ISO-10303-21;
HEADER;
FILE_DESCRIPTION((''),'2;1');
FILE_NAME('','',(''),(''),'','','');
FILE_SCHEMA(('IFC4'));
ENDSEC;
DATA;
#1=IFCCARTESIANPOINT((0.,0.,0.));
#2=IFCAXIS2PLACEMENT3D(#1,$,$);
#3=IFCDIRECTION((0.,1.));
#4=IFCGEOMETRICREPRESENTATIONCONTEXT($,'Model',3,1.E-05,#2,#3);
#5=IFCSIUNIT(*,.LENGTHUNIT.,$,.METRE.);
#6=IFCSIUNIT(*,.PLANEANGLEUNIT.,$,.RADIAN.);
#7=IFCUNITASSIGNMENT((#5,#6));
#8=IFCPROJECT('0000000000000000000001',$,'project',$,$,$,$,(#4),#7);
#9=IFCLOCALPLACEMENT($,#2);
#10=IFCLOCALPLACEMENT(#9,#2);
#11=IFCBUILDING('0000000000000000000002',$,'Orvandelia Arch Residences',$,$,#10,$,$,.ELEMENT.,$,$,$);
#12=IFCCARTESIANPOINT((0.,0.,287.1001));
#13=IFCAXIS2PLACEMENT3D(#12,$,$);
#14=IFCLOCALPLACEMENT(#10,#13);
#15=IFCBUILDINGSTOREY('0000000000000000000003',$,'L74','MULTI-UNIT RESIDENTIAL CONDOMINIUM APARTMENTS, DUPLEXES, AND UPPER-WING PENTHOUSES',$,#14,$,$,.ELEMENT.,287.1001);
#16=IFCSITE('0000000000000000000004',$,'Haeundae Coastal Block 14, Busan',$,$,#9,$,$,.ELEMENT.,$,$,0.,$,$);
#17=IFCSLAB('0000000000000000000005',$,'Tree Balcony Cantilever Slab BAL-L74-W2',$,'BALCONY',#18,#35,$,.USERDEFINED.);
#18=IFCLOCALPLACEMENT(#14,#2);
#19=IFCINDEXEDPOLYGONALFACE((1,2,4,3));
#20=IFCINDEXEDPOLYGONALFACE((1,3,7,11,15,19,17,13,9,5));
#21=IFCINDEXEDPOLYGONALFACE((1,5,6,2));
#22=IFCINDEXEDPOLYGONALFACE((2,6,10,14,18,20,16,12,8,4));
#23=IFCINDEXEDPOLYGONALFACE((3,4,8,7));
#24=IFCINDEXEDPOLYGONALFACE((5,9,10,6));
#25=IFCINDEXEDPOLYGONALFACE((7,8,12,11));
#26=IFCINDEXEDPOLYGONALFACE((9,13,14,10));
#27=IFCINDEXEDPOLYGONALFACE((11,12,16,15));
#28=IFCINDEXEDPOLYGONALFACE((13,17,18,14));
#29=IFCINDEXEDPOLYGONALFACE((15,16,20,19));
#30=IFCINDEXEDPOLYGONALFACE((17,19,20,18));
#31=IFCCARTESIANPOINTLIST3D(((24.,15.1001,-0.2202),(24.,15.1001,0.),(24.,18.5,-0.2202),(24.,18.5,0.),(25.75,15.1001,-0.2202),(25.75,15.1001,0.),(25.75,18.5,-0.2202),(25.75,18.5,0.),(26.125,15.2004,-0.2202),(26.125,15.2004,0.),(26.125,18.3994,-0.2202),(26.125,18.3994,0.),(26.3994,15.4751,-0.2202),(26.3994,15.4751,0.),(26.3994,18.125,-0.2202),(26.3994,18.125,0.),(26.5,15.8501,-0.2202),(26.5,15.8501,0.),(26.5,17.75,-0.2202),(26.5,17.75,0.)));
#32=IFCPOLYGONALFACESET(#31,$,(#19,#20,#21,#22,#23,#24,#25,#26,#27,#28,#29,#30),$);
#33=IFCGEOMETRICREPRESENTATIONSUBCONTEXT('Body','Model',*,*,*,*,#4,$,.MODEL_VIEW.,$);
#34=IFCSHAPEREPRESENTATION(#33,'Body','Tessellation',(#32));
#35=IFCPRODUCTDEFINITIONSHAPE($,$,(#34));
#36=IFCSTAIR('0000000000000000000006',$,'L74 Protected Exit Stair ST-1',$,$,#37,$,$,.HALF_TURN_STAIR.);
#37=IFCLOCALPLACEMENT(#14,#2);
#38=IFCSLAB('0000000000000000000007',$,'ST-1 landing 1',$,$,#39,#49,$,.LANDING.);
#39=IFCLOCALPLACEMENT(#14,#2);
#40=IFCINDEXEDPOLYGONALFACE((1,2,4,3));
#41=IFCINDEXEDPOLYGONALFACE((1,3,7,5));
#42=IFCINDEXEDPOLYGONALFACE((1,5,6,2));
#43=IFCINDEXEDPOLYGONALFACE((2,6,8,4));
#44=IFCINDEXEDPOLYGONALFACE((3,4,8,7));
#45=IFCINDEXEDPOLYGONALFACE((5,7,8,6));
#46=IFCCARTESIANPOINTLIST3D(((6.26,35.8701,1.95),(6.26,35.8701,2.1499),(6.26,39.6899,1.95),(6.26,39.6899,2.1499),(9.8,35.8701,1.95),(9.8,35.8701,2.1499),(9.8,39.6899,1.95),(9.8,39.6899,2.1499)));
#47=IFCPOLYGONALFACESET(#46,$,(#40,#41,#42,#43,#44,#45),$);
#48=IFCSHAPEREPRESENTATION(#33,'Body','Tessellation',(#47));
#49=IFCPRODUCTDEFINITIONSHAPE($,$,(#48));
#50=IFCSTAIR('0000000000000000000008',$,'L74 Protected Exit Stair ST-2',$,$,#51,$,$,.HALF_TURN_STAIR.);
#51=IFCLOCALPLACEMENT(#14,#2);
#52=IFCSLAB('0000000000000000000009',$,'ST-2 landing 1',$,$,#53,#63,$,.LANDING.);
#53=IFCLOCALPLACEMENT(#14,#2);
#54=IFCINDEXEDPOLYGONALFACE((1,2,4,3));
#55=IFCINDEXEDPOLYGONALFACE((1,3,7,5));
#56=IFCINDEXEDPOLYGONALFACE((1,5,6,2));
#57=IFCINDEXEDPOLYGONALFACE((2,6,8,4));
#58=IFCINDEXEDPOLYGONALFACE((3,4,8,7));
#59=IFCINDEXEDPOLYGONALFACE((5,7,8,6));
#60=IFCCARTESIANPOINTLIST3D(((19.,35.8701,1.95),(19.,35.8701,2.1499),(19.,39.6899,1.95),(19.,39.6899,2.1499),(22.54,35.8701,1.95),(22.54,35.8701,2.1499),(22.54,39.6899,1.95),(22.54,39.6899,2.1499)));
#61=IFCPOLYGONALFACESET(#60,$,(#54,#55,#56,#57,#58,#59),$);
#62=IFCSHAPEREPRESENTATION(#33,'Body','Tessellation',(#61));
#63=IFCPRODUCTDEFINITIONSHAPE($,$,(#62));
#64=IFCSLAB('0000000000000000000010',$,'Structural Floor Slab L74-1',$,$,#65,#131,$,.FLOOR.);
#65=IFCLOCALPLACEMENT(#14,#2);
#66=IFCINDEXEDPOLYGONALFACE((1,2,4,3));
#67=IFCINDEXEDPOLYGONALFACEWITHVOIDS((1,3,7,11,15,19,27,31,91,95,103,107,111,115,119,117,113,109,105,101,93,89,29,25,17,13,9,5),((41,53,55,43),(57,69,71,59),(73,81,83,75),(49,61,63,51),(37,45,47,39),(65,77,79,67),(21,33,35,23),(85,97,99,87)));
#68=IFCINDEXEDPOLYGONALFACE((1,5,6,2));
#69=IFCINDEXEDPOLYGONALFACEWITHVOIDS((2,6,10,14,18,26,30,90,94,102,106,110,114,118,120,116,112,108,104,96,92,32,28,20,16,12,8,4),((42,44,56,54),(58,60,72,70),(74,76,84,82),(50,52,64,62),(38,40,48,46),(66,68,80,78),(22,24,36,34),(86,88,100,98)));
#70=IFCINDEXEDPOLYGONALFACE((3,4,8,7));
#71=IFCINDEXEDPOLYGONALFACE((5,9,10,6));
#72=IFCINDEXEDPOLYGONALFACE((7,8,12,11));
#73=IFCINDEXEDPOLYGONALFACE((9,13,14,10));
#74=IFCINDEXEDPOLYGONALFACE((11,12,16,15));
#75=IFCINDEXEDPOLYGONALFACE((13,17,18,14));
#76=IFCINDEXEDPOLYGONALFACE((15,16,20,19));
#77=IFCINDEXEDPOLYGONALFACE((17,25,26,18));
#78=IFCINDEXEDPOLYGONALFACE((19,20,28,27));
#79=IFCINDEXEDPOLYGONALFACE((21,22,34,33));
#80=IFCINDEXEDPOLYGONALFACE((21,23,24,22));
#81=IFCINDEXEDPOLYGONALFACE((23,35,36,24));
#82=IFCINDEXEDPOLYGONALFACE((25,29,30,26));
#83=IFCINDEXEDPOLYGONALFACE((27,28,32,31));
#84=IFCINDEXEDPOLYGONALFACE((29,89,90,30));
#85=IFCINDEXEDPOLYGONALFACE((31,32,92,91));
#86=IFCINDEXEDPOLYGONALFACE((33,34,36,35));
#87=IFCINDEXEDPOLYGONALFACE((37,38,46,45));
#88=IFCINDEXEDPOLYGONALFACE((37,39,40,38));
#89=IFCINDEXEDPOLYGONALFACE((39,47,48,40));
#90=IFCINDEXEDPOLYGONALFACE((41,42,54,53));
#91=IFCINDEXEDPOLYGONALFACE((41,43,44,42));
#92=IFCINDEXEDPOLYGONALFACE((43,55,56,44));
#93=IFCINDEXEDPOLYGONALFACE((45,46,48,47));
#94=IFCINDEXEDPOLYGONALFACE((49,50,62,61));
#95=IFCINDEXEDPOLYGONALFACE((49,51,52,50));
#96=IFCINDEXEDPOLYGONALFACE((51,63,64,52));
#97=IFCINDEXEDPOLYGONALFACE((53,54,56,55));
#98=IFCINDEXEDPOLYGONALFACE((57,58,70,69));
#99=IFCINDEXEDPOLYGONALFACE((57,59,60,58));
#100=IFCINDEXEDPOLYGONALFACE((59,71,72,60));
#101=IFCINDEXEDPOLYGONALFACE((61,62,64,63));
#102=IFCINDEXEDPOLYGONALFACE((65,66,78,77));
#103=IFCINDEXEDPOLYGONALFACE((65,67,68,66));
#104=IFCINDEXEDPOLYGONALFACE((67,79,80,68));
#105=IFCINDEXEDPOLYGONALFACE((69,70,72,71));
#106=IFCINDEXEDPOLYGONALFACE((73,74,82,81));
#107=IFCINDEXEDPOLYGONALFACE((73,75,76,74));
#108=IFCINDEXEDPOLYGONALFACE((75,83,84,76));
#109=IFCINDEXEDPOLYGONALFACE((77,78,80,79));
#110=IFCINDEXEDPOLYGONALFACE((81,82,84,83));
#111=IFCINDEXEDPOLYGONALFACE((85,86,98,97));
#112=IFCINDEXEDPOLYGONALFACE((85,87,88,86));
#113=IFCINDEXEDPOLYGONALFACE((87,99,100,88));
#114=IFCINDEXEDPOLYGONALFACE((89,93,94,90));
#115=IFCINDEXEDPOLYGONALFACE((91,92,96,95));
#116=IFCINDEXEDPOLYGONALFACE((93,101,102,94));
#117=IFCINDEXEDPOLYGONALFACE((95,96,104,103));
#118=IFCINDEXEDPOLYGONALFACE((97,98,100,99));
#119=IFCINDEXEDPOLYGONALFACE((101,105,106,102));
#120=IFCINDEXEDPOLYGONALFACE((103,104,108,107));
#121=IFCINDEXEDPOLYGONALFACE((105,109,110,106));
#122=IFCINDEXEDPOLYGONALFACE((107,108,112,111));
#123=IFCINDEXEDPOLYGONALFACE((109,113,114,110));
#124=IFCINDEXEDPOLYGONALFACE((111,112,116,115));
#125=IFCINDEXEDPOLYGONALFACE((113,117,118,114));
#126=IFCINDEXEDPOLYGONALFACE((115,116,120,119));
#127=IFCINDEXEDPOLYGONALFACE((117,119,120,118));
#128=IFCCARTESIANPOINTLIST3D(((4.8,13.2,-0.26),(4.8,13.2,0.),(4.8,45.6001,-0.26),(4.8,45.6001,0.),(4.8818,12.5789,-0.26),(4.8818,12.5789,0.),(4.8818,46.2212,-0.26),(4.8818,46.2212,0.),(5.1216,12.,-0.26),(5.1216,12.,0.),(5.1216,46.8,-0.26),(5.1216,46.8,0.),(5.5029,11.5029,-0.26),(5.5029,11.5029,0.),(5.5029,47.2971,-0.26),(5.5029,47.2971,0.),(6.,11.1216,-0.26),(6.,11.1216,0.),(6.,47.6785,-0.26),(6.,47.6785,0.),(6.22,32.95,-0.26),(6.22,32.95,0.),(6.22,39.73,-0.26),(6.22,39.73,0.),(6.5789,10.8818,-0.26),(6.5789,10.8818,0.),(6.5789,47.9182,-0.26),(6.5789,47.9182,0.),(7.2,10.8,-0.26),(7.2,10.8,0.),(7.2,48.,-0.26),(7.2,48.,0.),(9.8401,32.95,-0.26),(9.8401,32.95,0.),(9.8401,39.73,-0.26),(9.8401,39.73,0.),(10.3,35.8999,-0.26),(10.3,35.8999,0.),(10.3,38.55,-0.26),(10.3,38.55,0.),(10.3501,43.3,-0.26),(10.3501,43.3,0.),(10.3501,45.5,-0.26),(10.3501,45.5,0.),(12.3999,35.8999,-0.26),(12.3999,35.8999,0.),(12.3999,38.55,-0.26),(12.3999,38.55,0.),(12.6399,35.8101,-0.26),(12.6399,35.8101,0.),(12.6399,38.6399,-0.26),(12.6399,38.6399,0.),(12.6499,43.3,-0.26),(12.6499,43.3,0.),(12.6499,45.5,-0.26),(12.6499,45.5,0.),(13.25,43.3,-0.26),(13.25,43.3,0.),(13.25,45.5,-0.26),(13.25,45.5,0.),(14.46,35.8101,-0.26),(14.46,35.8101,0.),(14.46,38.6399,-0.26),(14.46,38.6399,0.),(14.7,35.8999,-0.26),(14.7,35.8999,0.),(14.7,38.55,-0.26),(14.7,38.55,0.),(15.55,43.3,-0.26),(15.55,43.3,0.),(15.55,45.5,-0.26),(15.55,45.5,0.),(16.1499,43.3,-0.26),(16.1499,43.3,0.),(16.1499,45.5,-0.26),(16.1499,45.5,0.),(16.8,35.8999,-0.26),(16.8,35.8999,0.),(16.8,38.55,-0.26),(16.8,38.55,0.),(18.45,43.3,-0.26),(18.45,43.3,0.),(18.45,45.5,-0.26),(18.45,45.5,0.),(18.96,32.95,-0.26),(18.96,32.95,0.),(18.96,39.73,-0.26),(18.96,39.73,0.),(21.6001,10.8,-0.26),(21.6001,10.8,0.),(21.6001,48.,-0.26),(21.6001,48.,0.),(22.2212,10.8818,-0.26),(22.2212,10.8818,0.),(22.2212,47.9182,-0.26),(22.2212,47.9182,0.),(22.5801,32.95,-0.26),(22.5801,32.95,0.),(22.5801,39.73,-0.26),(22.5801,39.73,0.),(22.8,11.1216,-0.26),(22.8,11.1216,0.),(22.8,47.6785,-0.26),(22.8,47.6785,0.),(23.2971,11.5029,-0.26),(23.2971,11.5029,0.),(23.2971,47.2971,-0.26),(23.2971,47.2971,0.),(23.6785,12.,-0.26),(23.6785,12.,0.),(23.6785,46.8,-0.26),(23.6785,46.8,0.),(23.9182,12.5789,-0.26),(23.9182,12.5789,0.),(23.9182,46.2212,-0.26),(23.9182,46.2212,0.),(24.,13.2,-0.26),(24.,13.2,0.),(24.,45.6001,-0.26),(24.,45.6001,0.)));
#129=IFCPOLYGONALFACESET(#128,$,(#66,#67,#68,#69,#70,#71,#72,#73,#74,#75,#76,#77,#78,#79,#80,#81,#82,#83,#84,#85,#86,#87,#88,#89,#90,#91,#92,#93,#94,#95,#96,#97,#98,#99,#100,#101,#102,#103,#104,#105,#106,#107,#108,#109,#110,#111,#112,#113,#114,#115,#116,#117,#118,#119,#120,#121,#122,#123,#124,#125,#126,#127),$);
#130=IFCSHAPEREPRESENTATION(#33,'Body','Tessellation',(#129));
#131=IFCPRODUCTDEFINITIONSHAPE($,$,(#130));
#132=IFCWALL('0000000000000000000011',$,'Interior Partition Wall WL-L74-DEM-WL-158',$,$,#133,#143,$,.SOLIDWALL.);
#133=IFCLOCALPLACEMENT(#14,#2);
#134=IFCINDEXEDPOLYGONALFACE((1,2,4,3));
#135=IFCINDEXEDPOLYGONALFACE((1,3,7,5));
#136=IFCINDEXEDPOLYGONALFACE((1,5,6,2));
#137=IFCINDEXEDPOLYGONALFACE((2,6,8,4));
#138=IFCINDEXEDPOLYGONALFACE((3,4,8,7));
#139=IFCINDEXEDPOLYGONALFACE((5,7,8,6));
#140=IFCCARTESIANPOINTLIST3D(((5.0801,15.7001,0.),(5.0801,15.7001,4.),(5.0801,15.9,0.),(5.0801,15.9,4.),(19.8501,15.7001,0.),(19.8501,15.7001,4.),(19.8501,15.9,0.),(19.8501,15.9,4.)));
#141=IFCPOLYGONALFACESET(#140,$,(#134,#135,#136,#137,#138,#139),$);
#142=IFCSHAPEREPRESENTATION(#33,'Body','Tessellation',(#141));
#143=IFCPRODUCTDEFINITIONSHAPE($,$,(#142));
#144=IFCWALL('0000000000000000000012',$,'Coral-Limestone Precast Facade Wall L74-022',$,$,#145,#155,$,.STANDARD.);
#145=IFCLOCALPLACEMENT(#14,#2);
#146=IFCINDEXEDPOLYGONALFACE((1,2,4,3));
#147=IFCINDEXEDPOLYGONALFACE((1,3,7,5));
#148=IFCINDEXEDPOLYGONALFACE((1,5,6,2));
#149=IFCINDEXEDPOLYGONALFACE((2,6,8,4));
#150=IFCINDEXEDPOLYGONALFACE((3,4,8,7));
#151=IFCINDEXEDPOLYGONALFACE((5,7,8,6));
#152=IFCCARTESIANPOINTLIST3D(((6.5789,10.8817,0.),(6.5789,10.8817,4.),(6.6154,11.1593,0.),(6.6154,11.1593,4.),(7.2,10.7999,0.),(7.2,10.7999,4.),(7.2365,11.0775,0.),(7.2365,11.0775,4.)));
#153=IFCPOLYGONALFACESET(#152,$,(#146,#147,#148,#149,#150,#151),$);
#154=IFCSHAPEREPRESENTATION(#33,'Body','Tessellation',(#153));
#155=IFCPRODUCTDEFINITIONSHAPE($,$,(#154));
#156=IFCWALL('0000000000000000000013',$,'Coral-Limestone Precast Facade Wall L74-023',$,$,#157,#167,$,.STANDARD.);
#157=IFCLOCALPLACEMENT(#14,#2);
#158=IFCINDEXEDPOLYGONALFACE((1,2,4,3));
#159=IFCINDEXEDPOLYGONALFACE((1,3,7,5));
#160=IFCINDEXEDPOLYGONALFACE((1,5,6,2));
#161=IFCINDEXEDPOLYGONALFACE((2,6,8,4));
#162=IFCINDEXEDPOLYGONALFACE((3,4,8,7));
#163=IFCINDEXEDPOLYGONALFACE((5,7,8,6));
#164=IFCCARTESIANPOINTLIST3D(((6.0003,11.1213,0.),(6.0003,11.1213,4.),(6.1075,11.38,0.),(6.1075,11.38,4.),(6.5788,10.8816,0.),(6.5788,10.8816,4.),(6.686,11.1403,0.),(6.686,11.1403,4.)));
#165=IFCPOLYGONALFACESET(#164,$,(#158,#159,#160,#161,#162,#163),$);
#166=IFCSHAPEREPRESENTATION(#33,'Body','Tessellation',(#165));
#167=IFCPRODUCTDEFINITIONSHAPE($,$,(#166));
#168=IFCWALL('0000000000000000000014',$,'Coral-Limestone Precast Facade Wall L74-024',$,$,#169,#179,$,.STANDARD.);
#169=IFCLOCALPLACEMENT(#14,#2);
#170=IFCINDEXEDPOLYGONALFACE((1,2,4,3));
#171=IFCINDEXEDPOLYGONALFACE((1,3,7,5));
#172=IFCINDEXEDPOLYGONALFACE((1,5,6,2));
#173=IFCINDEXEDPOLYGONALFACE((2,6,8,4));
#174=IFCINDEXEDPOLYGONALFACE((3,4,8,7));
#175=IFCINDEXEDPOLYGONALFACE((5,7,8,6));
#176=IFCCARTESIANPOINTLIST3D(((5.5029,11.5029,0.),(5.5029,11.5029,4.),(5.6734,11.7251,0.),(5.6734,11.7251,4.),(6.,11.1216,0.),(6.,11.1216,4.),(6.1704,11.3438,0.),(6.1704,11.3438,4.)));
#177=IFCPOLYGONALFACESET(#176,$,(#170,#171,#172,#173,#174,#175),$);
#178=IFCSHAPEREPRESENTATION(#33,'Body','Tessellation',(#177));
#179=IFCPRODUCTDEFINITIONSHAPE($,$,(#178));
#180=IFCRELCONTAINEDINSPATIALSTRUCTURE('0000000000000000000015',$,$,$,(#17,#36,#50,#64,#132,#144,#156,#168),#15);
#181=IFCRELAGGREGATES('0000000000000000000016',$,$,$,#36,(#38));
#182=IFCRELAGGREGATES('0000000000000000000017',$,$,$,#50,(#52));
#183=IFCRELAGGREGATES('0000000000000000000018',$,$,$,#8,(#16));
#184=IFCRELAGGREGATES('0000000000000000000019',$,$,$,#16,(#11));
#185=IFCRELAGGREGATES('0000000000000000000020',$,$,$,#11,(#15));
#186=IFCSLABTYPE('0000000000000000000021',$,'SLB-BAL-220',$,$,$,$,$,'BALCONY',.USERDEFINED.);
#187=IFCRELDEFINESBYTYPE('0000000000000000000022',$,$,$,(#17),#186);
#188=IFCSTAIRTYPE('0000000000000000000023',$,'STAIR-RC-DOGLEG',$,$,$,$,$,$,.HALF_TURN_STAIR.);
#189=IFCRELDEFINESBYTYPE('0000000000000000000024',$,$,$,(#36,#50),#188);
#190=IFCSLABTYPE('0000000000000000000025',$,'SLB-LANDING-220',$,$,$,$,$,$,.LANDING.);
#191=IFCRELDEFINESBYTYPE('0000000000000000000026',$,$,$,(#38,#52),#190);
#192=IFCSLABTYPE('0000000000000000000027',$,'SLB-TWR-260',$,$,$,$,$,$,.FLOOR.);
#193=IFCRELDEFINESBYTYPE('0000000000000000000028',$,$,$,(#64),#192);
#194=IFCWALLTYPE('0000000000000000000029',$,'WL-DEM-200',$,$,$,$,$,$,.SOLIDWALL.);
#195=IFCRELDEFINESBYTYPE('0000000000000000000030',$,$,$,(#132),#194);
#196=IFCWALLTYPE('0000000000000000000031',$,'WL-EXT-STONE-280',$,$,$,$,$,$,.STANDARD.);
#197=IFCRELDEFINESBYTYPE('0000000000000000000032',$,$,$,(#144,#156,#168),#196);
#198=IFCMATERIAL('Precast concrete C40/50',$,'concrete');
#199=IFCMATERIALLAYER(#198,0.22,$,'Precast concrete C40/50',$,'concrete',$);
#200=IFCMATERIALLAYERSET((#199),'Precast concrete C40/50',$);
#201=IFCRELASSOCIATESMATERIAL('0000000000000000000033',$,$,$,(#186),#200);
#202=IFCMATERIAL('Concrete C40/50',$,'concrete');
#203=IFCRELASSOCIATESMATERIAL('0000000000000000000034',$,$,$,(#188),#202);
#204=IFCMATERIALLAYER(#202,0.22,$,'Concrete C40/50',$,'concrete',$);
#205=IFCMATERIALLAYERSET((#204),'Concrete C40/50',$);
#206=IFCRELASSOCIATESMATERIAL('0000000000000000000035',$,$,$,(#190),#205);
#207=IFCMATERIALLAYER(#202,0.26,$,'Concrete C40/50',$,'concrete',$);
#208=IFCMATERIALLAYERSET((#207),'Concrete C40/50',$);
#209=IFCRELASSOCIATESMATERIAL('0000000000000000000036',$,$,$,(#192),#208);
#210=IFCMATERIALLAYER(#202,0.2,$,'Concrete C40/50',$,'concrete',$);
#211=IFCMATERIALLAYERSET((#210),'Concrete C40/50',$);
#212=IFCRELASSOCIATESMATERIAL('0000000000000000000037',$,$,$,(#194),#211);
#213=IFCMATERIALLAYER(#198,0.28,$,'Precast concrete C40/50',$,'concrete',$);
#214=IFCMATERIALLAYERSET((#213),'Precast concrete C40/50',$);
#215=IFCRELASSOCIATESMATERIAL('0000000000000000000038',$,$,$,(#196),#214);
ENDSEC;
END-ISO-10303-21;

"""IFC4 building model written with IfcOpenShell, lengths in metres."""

from ifc_helpers import new_model, si_unit, direction, frame, frame_2d, origin, place, context, subcontext, project, spatial, polyline, rectangle, outline, extrude, material, layer, layer_set, type_object, element, aggregate, save


model = new_model("IFC4")

# Units and contexts
model_context = context("Model", 3, precision=1e-05, world=origin(), true_north=direction((0.0, 1.0)))
body_context = subcontext(model_context, "Body", "Model", "MODEL_VIEW")
ifc_project = project(units=[si_unit("LENGTHUNIT", "METRE"), si_unit("PLANEANGLEUNIT", "RADIAN")], contexts=[model_context])

# Site, building, storey
site_placement = place(None, origin())
site = spatial("IfcSite", under=ifc_project, at=site_placement, Name="Haeundae Coastal Block 14, Busan", CompositionType="ELEMENT", RefElevation=0.0)
building_placement = place(site_placement, origin())
building = spatial("IfcBuilding", under=site, at=building_placement, Name="Orvandelia Arch Residences", CompositionType="ELEMENT")
storey_placement = place(building_placement, frame((0.0, 0.0, 287.1001)))
storey = spatial("IfcBuildingStorey", under=building, at=storey_placement, Name="L74", Description="MULTI-UNIT RESIDENTIAL CONDOMINIUM APARTMENTS, DUPLEXES, AND UPPER-WING PENTHOUSES", CompositionType="ELEMENT", Elevation=287.1001)

# Slab
ifc_material_1 = material(Name="Precast concrete C40/50", Category="concrete")
ifc_layer_1 = layer(ifc_material_1, 0.22, Name="Precast concrete C40/50", Category="concrete")
ifc_layer_set_1 = layer_set([ifc_layer_1], Name="Precast concrete C40/50")
slab_type_1 = type_object("IfcSlabType", Name="SLB-BAL-220", ElementType="BALCONY", PredefinedType="USERDEFINED", material=ifc_layer_set_1)
slab_1_placement = place(storey_placement, frame((0.0, 0.0, -0.2202)))
element("IfcSlab", 1, at=slab_1_placement, inside=storey, type_object=slab_type_1, Name="Tree Balcony Cantilever Slab BAL-L74-W2", ObjectType="BALCONY", PredefinedType="USERDEFINED", context=body_context, shape_type="SweptSolid", body=[
    extrude(outline(polyline([(24.0, 18.5), (24.0, 15.1001), (25.75, 15.1001), (26.125, 15.2004), (26.3994, 15.4751), (26.5, 15.8501), (26.5, 17.75), (26.3994, 18.125), (26.125, 18.3994), (25.75, 18.5), (24.0, 18.5)])), origin(), (0.0, 0.0, 1.0), 0.2202),
])

# Stairs, slabs
ifc_material_2 = material(Name="Concrete C40/50", Category="concrete")
stair_type = type_object("IfcStairType", Name="STAIR-RC-DOGLEG", PredefinedType="HALF_TURN_STAIR", material=ifc_material_2)
stair_1_placement = place(storey_placement, origin())
stair_1 = element("IfcStair", 2, at=stair_1_placement, inside=storey, type_object=stair_type, Name="L74 Protected Exit Stair ST-1", PredefinedType="HALF_TURN_STAIR")
ifc_layer_2 = layer(ifc_material_2, 0.22, Name="Concrete C40/50", Category="concrete")
ifc_layer_set_2 = layer_set([ifc_layer_2], Name="Concrete C40/50")
slab_type_2 = type_object("IfcSlabType", Name="SLB-LANDING-220", PredefinedType="LANDING", material=ifc_layer_set_2)
slab_2_placement = place(storey_placement, frame((0.0, 0.0, 1.95)))
slab_2 = element("IfcSlab", 3, at=slab_2_placement, type_object=slab_type_2, Name="ST-1 landing 1", PredefinedType="LANDING", context=body_context, shape_type="SweptSolid", body=[
    extrude(outline(polyline([(9.8, 35.8701), (9.8, 39.6899), (6.26, 39.6899), (6.26, 35.8701), (9.8, 35.8701)])), origin(), (0.0, 0.0, 1.0), 0.2),
])
aggregate(stair_1, [slab_2])
stair_2_placement = place(storey_placement, origin())
stair_2 = element("IfcStair", 4, at=stair_2_placement, inside=storey, type_object=stair_type, Name="L74 Protected Exit Stair ST-2", PredefinedType="HALF_TURN_STAIR")
slab_3_placement = place(storey_placement, frame((0.0, 0.0, 1.95)))
slab_3 = element("IfcSlab", 5, at=slab_3_placement, type_object=slab_type_2, Name="ST-2 landing 1", PredefinedType="LANDING", context=body_context, shape_type="SweptSolid", body=[
    extrude(outline(polyline([(22.54, 35.8701), (22.54, 39.6899), (19.0, 39.6899), (19.0, 35.8701), (22.54, 35.8701)])), origin(), (0.0, 0.0, 1.0), 0.2),
])
aggregate(stair_2, [slab_3])

# Slab
ifc_layer_3 = layer(ifc_material_2, 0.26, Name="Concrete C40/50", Category="concrete")
ifc_layer_set_3 = layer_set([ifc_layer_3], Name="Concrete C40/50")
slab_type_3 = type_object("IfcSlabType", Name="SLB-TWR-260", PredefinedType="FLOOR", material=ifc_layer_set_3)
slab_4_placement = place(storey_placement, frame((0.0, 0.0, -0.26)))
element("IfcSlab", 6, at=slab_4_placement, inside=storey, type_object=slab_type_3, Name="Structural Floor Slab L74-1", PredefinedType="FLOOR", context=body_context, shape_type="SweptSolid", body=[
    extrude(outline(polyline([(4.8, 13.2), (4.8818, 12.5789), (5.1216, 12.0), (5.5029, 11.5029), (6.0, 11.1216), (6.5789, 10.8818), (7.2, 10.8), (21.6001, 10.8), (22.2212, 10.8818), (22.8, 11.1216), (23.2971, 11.5029), (23.6785, 12.0), (23.9182, 12.5789), (24.0, 13.2), (24.0, 45.6001), (23.9182, 46.2212), (23.6785, 46.8), (23.2971, 47.2971), (22.8, 47.6785), (22.2212, 47.9182), (21.6001, 48.0), (7.2, 48.0), (6.5789, 47.9182), (6.0, 47.6785), (5.5029, 47.2971), (5.1216, 46.8), (4.8818, 46.2212), (4.8, 45.6001), (4.8, 13.2)]), holes=[polyline([(6.22, 32.95), (9.8401, 32.95), (9.8401, 39.73), (6.22, 39.73), (6.22, 32.95)]), polyline([(18.96, 32.95), (22.5801, 32.95), (22.5801, 39.73), (18.96, 39.73), (18.96, 32.95)]), polyline([(12.6399, 35.8101), (14.46, 35.8101), (14.46, 38.6399), (12.6399, 38.6399), (12.6399, 35.8101)]), polyline([(10.3, 35.8999), (12.3999, 35.8999), (12.3999, 38.55), (10.3, 38.55), (10.3, 35.8999)]), polyline([(14.7, 35.8999), (16.8, 35.8999), (16.8, 38.55), (14.7, 38.55), (14.7, 35.8999)]), polyline([(10.3501, 43.3), (12.6499, 43.3), (12.6499, 45.5), (10.3501, 45.5), (10.3501, 43.3)]), polyline([(13.25, 43.3), (15.55, 43.3), (15.55, 45.5), (13.25, 45.5), (13.25, 43.3)]), polyline([(16.1499, 43.3), (18.45, 43.3), (18.45, 45.5), (16.1499, 45.5), (16.1499, 43.3)])]), origin(), (0.0, 0.0, 1.0), 0.26),
])

# Walls
ifc_layer_4 = layer(ifc_material_2, 0.2, Name="Concrete C40/50", Category="concrete")
ifc_layer_set_4 = layer_set([ifc_layer_4], Name="Concrete C40/50")
wall_type_1 = type_object("IfcWallType", Name="WL-DEM-200", PredefinedType="SOLIDWALL", material=ifc_layer_set_4)
wall_1_placement = place(storey_placement, frame((5.0801, 15.8, 0.0), z_axis=(0.0, 0.0, 1.0), x_axis=(1.0, 0.0, 0.0)))
element("IfcWall", 7, at=wall_1_placement, inside=storey, type_object=wall_type_1, Name="Interior Partition Wall WL-L74-DEM-WL-158", PredefinedType="SOLIDWALL", context=body_context, shape_type="SweptSolid", body=[
    extrude(rectangle(XDim=14.77, YDim=0.2, at=frame_2d((7.385, 0.0))), origin(), (0.0, 0.0, 1.0), 4.0),
])
ifc_layer_5 = layer(ifc_material_1, 0.28, Name="Precast concrete C40/50", Category="concrete")
ifc_layer_set_5 = layer_set([ifc_layer_5], Name="Precast concrete C40/50")
wall_type_2 = type_object("IfcWallType", Name="WL-EXT-STONE-280", PredefinedType="STANDARD", material=ifc_layer_set_5)
wall_2_placement = place(storey_placement, frame((7.2183, 10.9387, 0.0), z_axis=(0.0, 0.0, 1.0), x_axis=(-0.991441, 0.130555, 0.0)))
element("IfcWall", 8, at=wall_2_placement, inside=storey, type_object=wall_type_2, Name="Coral-Limestone Precast Facade Wall L74-022", PredefinedType="STANDARD", context=body_context, shape_type="SweptSolid", body=[
    extrude(rectangle(XDim=0.6265, YDim=0.28, at=frame_2d((0.3132, 0.0))), origin(), (0.0, 0.0, 1.0), 4.0),
])
wall_3_placement = place(storey_placement, frame((6.6323, 11.011, 0.0), z_axis=(0.0, 0.0, 1.0), x_axis=(-0.923836, 0.382788, 0.0)))
element("IfcWall", 9, at=wall_3_placement, inside=storey, type_object=wall_type_2, Name="Coral-Limestone Precast Facade Wall L74-023", PredefinedType="STANDARD", context=body_context, shape_type="SweptSolid", body=[
    extrude(rectangle(XDim=0.6262, YDim=0.28, at=frame_2d((0.313, 0.0))), origin(), (0.0, 0.0, 1.0), 4.0),
])
for number, where, z_axis, x_axis, name in (
    (10, (6.0852, 11.2327, 0.0), (0.0, 0.0, 1.0), (-0.793406, 0.608693, 0.0), "Coral-Limestone Precast Facade Wall L74-024"),
):
    element("IfcWall", number, at=place(storey_placement, frame(where, z_axis=z_axis, x_axis=x_axis)), inside=storey, type_object=wall_type_2, Name=name, PredefinedType="STANDARD", context=body_context, shape_type="SweptSolid", body=[
        extrude(rectangle(XDim=0.6265, YDim=0.28, at=frame_2d((0.3132, 0.0))), origin(), (0.0, 0.0, 1.0), 4.0),
    ])

save(model, "model.ifc")
